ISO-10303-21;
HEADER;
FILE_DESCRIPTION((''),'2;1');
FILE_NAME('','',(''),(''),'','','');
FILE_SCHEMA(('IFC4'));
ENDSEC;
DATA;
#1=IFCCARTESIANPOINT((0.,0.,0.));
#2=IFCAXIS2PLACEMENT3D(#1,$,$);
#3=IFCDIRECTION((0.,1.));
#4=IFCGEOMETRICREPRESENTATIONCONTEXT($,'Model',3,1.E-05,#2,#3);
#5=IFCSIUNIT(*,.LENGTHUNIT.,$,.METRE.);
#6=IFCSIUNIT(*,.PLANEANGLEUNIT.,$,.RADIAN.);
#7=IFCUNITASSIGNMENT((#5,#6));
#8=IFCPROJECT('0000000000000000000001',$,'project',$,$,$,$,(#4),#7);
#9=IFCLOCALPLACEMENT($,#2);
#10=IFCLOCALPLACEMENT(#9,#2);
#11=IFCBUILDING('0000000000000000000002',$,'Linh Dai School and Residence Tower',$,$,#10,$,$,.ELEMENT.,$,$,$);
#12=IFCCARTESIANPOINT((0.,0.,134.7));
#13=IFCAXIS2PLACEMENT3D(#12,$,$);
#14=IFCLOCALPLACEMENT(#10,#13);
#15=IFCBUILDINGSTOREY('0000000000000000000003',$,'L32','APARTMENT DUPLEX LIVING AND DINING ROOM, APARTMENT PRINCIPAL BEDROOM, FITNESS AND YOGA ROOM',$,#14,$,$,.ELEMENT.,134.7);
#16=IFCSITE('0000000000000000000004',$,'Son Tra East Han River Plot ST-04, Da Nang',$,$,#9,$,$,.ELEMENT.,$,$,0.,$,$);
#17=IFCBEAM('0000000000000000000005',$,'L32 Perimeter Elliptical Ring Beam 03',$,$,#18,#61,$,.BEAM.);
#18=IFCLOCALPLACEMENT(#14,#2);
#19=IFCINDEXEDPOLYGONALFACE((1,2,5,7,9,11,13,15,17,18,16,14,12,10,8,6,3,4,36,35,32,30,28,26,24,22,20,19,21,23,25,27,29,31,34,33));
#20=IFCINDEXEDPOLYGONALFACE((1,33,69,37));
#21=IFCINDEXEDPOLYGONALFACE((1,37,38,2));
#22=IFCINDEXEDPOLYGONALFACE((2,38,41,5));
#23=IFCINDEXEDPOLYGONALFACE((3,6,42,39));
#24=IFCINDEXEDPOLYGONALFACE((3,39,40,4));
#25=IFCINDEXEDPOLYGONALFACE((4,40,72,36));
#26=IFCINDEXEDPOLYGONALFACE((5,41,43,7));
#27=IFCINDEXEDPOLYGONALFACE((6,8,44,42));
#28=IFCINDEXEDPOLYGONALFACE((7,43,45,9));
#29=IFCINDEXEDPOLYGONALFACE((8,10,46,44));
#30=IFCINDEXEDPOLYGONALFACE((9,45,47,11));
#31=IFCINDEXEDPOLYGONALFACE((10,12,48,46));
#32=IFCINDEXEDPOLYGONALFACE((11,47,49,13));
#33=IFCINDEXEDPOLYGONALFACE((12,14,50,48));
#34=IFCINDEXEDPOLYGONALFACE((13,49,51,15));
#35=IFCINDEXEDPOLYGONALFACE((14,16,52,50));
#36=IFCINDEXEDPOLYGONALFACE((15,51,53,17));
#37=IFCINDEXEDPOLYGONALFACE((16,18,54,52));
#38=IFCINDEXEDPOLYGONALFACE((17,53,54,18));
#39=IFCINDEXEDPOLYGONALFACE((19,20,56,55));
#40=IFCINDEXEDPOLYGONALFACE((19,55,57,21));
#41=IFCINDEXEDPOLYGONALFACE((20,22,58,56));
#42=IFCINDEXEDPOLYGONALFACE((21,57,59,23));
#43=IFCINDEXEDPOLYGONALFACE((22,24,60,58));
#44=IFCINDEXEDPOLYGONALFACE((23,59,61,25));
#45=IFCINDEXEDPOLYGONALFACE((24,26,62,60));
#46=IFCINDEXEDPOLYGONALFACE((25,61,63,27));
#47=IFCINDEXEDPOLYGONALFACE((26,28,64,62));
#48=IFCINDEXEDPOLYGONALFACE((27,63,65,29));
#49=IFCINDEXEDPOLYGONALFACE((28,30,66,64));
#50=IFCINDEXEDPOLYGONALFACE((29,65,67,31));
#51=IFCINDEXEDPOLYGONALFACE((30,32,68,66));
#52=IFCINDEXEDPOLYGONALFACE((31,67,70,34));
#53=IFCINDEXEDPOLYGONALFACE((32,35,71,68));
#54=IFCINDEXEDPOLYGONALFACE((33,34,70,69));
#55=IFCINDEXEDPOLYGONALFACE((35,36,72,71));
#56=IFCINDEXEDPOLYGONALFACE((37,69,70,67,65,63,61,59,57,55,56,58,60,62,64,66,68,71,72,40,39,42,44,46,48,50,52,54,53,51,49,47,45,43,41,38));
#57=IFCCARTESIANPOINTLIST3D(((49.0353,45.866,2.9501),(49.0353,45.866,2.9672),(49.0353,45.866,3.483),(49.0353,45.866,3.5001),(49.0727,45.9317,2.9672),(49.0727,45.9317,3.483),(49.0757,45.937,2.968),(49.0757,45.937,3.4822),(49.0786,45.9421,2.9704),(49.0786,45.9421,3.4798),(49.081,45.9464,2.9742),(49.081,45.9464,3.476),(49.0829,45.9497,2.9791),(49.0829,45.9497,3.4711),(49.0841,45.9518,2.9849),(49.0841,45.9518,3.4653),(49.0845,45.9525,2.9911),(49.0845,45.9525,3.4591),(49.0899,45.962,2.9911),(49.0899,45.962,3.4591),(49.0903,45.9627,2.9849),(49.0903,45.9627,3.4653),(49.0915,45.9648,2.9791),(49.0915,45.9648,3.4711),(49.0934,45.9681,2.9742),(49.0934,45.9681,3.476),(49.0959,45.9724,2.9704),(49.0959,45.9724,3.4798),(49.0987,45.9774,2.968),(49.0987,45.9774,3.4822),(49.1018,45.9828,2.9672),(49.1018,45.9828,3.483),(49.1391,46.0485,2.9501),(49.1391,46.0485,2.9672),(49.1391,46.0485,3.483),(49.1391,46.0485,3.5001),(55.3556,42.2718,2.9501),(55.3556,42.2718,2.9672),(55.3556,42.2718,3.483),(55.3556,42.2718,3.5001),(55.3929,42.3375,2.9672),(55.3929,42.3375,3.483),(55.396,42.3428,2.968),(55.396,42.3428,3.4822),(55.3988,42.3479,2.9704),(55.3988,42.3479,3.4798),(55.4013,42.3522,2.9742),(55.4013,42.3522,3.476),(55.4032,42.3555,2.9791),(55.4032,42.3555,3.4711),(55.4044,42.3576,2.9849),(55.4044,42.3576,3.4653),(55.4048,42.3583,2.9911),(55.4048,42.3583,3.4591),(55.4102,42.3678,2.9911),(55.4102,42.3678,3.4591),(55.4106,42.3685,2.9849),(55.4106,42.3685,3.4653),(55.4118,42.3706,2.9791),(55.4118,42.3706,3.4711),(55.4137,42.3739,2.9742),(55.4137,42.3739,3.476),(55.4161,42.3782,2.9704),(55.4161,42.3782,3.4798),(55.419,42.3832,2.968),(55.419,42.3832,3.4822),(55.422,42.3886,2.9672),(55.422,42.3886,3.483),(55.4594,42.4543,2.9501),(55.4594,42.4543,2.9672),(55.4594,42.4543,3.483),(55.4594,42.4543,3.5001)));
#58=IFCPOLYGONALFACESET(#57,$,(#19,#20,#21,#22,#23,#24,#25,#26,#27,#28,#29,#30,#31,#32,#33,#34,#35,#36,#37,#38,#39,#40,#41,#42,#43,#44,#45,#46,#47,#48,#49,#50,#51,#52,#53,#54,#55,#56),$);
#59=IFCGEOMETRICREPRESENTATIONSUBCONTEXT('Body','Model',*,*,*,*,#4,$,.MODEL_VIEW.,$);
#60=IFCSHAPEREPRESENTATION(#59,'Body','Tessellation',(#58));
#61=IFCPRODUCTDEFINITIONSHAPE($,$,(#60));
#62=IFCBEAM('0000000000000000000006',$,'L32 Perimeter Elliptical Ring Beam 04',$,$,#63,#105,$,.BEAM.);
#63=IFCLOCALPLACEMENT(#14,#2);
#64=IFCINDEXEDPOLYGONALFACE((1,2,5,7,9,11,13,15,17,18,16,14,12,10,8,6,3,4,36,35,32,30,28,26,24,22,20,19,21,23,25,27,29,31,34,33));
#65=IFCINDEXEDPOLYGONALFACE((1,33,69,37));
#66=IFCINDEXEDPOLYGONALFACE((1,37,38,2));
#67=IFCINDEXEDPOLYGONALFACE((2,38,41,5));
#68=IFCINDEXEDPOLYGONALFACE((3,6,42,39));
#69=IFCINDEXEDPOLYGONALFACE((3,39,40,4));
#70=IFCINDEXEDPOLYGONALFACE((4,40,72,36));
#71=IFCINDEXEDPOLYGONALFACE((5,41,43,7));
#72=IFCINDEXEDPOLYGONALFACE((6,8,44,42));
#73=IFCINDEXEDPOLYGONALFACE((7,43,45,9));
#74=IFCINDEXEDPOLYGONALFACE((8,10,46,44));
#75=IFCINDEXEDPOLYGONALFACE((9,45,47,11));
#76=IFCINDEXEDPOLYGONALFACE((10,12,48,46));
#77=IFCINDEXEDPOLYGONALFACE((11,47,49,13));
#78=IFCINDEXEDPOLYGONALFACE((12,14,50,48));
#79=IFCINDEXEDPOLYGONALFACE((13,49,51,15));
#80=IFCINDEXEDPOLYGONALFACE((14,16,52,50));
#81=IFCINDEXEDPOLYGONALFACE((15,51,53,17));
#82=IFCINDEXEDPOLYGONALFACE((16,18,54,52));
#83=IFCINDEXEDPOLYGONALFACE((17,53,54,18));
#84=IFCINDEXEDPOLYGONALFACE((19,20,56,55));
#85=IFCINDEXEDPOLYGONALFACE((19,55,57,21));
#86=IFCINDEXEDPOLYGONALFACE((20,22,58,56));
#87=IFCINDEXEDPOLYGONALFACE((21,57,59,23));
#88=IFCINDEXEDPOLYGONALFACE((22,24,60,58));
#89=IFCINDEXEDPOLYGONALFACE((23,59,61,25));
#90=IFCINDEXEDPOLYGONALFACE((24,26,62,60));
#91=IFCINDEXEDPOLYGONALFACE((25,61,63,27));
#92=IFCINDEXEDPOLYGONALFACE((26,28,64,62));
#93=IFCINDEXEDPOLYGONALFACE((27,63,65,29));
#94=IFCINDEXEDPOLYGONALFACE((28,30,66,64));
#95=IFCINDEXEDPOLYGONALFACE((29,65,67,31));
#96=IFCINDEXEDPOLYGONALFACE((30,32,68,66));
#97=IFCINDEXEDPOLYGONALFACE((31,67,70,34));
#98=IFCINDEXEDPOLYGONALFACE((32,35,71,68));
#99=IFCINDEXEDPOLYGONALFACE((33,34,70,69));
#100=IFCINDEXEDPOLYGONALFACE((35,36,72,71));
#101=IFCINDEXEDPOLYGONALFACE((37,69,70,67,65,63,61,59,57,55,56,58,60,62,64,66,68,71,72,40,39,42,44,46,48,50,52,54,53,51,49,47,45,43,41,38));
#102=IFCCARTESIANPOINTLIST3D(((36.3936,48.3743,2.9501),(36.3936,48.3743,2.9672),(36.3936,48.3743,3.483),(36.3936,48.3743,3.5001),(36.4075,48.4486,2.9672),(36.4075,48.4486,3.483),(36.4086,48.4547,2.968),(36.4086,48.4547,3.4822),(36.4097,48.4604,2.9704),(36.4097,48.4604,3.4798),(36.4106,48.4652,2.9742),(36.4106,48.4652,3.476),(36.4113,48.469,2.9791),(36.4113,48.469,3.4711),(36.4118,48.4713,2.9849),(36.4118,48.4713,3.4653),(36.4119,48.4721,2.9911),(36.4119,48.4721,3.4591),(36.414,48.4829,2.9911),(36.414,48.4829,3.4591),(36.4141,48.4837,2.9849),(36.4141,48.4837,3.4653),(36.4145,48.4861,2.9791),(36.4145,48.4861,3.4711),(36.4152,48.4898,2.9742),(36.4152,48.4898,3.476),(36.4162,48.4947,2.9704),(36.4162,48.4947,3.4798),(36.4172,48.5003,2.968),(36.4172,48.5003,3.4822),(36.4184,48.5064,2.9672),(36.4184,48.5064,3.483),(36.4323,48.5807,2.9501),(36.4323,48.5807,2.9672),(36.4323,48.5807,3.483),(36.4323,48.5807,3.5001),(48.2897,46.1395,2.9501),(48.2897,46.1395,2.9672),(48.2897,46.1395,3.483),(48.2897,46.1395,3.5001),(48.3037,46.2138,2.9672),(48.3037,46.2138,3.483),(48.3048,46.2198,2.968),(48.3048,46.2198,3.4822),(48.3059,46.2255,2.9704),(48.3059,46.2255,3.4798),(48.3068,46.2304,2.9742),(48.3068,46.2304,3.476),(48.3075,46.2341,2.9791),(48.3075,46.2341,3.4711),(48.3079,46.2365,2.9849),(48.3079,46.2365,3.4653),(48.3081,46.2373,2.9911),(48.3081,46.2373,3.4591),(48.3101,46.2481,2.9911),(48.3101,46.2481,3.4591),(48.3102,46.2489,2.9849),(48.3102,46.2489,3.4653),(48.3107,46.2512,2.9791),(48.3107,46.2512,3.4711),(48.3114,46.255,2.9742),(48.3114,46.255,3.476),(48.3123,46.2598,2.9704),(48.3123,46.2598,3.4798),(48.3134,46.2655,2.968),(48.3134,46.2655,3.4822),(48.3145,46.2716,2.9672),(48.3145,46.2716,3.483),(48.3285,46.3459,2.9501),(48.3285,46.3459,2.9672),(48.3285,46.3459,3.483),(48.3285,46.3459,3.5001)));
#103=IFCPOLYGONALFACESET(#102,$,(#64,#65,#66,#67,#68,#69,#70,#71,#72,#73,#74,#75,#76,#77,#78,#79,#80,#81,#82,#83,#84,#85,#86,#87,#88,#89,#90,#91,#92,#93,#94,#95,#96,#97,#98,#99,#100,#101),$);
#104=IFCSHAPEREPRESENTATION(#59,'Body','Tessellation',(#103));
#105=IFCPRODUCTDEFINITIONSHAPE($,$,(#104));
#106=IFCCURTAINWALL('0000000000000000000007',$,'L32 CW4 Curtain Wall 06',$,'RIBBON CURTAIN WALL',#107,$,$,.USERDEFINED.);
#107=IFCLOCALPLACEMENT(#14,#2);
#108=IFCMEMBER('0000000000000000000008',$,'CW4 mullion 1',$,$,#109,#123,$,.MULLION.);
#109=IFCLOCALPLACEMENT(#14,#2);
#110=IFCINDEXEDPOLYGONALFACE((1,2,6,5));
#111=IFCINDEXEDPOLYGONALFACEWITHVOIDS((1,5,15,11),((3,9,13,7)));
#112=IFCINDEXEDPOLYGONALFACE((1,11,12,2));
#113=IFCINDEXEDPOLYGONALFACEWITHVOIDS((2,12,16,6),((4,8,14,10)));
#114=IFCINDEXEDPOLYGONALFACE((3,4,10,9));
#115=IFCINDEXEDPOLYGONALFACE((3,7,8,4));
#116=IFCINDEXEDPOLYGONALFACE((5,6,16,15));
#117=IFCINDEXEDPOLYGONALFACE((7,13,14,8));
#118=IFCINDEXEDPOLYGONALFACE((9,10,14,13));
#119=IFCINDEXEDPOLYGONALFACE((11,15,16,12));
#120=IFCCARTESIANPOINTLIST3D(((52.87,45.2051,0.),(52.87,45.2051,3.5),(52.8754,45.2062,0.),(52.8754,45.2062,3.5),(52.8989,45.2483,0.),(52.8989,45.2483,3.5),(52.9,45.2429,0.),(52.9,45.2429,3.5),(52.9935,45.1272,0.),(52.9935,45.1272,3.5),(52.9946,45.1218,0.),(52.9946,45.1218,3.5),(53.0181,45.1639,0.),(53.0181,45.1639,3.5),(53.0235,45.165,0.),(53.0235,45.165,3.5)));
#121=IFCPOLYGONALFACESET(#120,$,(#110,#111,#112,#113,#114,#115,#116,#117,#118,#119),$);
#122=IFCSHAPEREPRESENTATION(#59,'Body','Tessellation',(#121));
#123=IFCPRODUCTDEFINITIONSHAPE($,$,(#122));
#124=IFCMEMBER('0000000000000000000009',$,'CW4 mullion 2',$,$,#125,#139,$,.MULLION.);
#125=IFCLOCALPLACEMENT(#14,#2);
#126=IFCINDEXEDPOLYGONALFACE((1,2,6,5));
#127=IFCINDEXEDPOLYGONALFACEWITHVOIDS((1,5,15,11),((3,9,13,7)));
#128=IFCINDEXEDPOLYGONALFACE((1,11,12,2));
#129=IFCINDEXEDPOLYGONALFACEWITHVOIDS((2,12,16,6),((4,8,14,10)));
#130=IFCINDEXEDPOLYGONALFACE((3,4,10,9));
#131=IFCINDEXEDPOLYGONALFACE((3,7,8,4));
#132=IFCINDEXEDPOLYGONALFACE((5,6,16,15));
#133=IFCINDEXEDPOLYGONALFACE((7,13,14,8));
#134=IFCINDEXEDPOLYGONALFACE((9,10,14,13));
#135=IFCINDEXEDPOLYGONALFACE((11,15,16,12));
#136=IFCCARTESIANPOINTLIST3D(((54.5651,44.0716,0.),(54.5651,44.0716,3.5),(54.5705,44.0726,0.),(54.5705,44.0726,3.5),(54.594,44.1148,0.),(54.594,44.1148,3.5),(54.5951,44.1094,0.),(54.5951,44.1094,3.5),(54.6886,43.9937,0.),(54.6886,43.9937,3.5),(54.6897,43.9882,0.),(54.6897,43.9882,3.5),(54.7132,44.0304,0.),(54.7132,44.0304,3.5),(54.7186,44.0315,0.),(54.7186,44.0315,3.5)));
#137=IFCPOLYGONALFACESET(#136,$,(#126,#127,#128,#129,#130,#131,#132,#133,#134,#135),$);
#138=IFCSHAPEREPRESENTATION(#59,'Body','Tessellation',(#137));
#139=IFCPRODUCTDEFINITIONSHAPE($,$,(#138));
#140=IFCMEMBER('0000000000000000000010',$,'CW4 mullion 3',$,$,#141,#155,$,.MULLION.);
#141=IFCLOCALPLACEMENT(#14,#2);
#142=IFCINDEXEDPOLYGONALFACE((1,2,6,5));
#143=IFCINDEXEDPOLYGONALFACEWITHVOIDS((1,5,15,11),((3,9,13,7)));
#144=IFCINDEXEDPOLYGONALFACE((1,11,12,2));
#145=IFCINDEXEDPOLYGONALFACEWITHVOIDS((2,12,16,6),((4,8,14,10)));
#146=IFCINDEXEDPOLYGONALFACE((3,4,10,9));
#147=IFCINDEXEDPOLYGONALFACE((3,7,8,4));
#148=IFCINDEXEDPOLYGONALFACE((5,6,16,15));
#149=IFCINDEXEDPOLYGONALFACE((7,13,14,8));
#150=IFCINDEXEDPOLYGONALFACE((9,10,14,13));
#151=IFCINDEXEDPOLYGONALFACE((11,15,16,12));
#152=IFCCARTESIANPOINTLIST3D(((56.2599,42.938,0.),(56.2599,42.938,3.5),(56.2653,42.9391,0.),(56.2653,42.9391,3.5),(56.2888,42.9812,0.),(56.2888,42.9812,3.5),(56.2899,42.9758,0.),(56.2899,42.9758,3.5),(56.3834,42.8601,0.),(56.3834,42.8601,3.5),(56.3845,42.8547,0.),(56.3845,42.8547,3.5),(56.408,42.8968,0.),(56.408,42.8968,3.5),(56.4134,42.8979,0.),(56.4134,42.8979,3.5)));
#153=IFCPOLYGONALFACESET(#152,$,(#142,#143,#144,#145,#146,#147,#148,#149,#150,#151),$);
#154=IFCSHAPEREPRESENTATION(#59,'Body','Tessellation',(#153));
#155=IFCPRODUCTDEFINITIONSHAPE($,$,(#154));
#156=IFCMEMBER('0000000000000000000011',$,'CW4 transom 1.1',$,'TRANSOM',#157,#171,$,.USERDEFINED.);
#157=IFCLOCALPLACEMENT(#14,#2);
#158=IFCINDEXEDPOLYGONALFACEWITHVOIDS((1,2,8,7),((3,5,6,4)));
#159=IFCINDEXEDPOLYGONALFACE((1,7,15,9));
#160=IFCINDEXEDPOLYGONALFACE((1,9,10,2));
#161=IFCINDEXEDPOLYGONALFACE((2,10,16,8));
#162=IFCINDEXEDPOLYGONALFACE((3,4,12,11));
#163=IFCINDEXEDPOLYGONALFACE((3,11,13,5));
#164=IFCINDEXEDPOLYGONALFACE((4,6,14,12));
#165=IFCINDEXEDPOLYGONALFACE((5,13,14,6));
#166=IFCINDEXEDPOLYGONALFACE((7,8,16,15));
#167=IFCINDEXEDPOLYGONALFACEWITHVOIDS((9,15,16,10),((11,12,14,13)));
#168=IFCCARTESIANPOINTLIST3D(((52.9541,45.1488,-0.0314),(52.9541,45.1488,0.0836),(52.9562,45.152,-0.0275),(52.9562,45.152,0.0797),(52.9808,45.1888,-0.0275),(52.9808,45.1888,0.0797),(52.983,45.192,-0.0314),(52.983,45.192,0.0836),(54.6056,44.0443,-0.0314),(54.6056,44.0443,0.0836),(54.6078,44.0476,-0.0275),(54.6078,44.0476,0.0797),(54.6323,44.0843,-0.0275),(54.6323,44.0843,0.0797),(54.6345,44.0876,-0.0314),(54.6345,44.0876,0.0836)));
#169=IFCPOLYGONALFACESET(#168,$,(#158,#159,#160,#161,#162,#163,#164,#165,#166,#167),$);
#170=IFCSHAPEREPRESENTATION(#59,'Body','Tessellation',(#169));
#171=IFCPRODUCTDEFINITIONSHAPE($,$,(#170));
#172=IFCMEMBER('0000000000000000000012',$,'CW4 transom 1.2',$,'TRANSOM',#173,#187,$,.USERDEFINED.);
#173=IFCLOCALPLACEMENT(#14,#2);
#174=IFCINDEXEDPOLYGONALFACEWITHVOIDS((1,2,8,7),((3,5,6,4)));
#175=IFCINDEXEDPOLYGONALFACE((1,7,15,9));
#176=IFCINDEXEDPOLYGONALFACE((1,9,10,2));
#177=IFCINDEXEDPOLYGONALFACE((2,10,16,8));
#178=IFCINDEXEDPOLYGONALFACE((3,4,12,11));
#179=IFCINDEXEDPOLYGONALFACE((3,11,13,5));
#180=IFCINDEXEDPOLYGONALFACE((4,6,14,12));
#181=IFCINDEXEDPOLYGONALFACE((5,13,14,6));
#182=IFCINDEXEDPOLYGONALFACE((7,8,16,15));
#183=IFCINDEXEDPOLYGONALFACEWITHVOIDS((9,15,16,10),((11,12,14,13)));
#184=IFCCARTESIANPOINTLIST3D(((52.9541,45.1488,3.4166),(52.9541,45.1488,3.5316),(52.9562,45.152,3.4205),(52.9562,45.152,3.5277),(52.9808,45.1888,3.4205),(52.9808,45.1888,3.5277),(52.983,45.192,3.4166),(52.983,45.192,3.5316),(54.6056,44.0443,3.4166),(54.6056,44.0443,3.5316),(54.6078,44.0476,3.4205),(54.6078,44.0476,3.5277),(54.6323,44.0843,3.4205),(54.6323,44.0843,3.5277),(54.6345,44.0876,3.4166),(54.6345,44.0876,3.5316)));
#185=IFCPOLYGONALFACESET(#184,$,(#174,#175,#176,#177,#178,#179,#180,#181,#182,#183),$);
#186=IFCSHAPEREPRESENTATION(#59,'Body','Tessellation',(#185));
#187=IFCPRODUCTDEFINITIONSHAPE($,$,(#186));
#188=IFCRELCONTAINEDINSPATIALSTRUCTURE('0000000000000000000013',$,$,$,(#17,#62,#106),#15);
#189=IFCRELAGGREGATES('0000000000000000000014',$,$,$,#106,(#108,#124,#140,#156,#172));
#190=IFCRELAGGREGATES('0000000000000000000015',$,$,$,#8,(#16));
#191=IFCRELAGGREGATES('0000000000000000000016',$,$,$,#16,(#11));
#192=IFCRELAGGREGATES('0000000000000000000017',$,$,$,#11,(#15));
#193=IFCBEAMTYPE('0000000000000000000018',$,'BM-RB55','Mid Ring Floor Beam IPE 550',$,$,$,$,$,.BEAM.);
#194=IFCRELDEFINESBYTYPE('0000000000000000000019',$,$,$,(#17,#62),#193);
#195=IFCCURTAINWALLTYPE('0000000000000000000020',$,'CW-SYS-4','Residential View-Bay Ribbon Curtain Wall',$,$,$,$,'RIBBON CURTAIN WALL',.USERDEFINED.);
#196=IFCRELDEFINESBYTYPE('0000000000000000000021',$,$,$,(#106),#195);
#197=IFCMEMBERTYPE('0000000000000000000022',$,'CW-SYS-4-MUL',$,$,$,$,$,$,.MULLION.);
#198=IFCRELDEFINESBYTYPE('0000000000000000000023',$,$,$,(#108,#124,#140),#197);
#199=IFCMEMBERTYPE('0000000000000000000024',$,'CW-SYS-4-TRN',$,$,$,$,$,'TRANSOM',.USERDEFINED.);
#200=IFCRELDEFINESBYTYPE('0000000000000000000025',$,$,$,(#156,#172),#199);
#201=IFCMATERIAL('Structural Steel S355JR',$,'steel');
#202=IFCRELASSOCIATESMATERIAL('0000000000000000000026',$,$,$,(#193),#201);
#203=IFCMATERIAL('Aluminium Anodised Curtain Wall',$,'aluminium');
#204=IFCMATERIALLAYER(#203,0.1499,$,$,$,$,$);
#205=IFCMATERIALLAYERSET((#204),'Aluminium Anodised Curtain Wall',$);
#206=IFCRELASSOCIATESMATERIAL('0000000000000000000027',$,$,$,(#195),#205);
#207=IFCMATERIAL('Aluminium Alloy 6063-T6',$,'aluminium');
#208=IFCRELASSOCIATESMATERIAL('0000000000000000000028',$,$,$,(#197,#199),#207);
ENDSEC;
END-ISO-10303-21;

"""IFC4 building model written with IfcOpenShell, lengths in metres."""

from ifc_helpers import new_model, si_unit, direction, frame, origin, origin_2d, place, context, subcontext, project, spatial, hollow_rectangle, i_section, extrude, source, transform, mapped, material, layer, layer_set, material_profile, profile_set, type_object, element, aggregate, save


model = new_model("IFC4")

# Units and contexts
model_context = context("Model", 3, precision=1e-05, world=origin(), true_north=direction((0.0, 1.0)))
body_context = subcontext(model_context, "Body", "Model", "MODEL_VIEW")
ifc_project = project(units=[si_unit("LENGTHUNIT", "METRE"), si_unit("PLANEANGLEUNIT", "RADIAN")], contexts=[model_context])

# Site, building, storey
site_placement = place(None, origin())
site = spatial("IfcSite", under=ifc_project, at=site_placement, Name="Son Tra East Han River Plot ST-04, Da Nang", CompositionType="ELEMENT", RefElevation=0.0)
building_placement = place(site_placement, origin())
building = spatial("IfcBuilding", under=site, at=building_placement, Name="Linh Dai School and Residence Tower", CompositionType="ELEMENT")
storey_placement = place(building_placement, frame((0.0, 0.0, 134.7)))
storey = spatial("IfcBuildingStorey", under=building, at=storey_placement, Name="L32", Description="APARTMENT DUPLEX LIVING AND DINING ROOM, APARTMENT PRINCIPAL BEDROOM, FITNESS AND YOGA ROOM", CompositionType="ELEMENT", Elevation=134.7)

# Shared definitions
ifc_material_1 = material(Name="Structural Steel S355JR", Category="steel")

# Beams
ifc_material_profile_1 = material_profile(ifc_material_1, i_section(OverallWidth=0.21, OverallDepth=0.55, WebThickness=0.011, FlangeThickness=0.0171, FilletRadius=0.0239, at=origin_2d()), Name="IPE 550")
ifc_profile_set_1 = profile_set([ifc_material_profile_1], Name="Structural Steel S355JR")
beam_type = type_object("IfcBeamType", Name="BM-RB55", Description="Mid Ring Floor Beam IPE 550", PredefinedType="BEAM", material=ifc_profile_set_1)
beam_1_placement = place(storey_placement, frame((55.4075, 42.363, 3.2251), z_axis=(-0.86927, 0.494337, 0.0), x_axis=(-0.494337, -0.86927, 0.0)))
element("IfcBeam", 1, at=beam_1_placement, inside=storey, type_object=beam_type, Name="L32 Perimeter Elliptical Ring Beam 03", PredefinedType="BEAM", context=body_context, shape_type="SweptSolid", body=[
    extrude(i_section(OverallWidth=0.21, OverallDepth=0.55, WebThickness=0.011, FlangeThickness=0.0171, FilletRadius=0.0239, at=origin_2d()), origin(), (0.0, 0.0, 1.0), 7.2708),
])
beam_2_placement = place(storey_placement, frame((48.3091, 46.2427, 3.2251), z_axis=(-0.982808, 0.184633, 0.0), x_axis=(-0.184633, -0.982808, 0.0)))
element("IfcBeam", 2, at=beam_2_placement, inside=storey, type_object=beam_type, Name="L32 Perimeter Elliptical Ring Beam 04", PredefinedType="BEAM", context=body_context, shape_type="SweptSolid", body=[
    extrude(i_section(OverallWidth=0.21, OverallDepth=0.55, WebThickness=0.011, FlangeThickness=0.0171, FilletRadius=0.0239, at=origin_2d()), origin(), (0.0, 0.0, 1.0), 12.1042),
])

# Curtain wall, members
ifc_material_2 = material(Name="Aluminium Anodised Curtain Wall", Category="aluminium")
ifc_layer_1 = layer(ifc_material_2, 0.1499)
ifc_layer_set_1 = layer_set([ifc_layer_1], Name="Aluminium Anodised Curtain Wall")
curtain_wall_type = type_object("IfcCurtainWallType", Name="CW-SYS-4", Description="Residential View-Bay Ribbon Curtain Wall", ElementType="RIBBON CURTAIN WALL", PredefinedType="USERDEFINED", material=ifc_layer_set_1)
curtain_wall_placement = place(storey_placement, origin())
curtain_wall = element("IfcCurtainWall", 3, at=curtain_wall_placement, inside=storey, type_object=curtain_wall_type, Name="L32 CW4 Curtain Wall 06", ObjectType="RIBBON CURTAIN WALL", PredefinedType="USERDEFINED")
ifc_material_3 = material(Name="Aluminium Alloy 6063-T6", Category="aluminium")
ifc_material_profile_2 = material_profile(ifc_material_3, hollow_rectangle(XDim=0.052, YDim=0.1499, WallThickness=0.0039, at=origin_2d()), Name="RHS 150x52x4")
ifc_profile_set_2 = profile_set([ifc_material_profile_2], Name="Aluminium Alloy 6063-T6")
member_type_1 = type_object("IfcMemberType", Name="CW-SYS-4-MUL", PredefinedType="MULLION", material=ifc_profile_set_2)
shared_shape_1 = source(origin(), body_context, "Body", "SweptSolid", [
    extrude(hollow_rectangle(XDim=0.052, YDim=0.1499, WallThickness=0.0039, at=origin_2d()), origin(), (0.0, 0.0, 1.0), 3.5),
])
member_1_placement = place(storey_placement, frame((52.9468, 45.1851, 0.0), z_axis=(0.0, 0.0, 1.0), x_axis=(0.555913, 0.83124, 0.0)))
member_1 = element("IfcMember", 4, at=member_1_placement, type_object=member_type_1, Name="CW4 mullion 1", PredefinedType="MULLION", context=body_context, shape_type="MappedRepresentation", body=[
    mapped(shared_shape_1, transform((0.0, 0.0, 0.0), x_axis=(1.0, 0.0, 0.0), y_axis=(0.0, 1.0, 0.0), z_axis=(0.0, 0.0, 1.0), scale=1.0)),
])
member_2_placement = place(storey_placement, frame((54.6418, 44.0515, 0.0), z_axis=(0.0, 0.0, 1.0), x_axis=(0.555913, 0.83124, 0.0)))
member_2 = element("IfcMember", 5, at=member_2_placement, type_object=member_type_1, Name="CW4 mullion 2", PredefinedType="MULLION", context=body_context, shape_type="MappedRepresentation", body=[
    mapped(shared_shape_1, transform((0.0, 0.0, 0.0), x_axis=(1.0, 0.0, 0.0), y_axis=(0.0, 1.0, 0.0), z_axis=(0.0, 0.0, 1.0), scale=1.0)),
])
member_3_placement = place(storey_placement, frame((56.3367, 42.918, 0.0), z_axis=(0.0, 0.0, 1.0), x_axis=(0.555913, 0.83124, 0.0)))
member_3 = element("IfcMember", 6, at=member_3_placement, type_object=member_type_1, Name="CW4 mullion 3", PredefinedType="MULLION", context=body_context, shape_type="MappedRepresentation", body=[
    mapped(shared_shape_1, transform((0.0, 0.0, 0.0), x_axis=(1.0, 0.0, 0.0), y_axis=(0.0, 1.0, 0.0), z_axis=(0.0, 0.0, 1.0), scale=1.0)),
])
ifc_material_profile_3 = material_profile(ifc_material_3, hollow_rectangle(XDim=0.052, YDim=0.115, WallThickness=0.0039, at=origin_2d()), Name="RHS 115x52x4")
ifc_profile_set_3 = profile_set([ifc_material_profile_3], Name="Aluminium Alloy 6063-T6")
member_type_2 = type_object("IfcMemberType", Name="CW-SYS-4-TRN", ElementType="TRANSOM", PredefinedType="USERDEFINED", material=ifc_profile_set_3)
shared_shape_2 = source(origin(), body_context, "Body", "SweptSolid", [
    extrude(hollow_rectangle(XDim=0.052, YDim=0.115, WallThickness=0.0039, at=origin_2d()), origin(), (0.0, 0.0, 1.0), 1.9868),
])
member_4_placement = place(storey_placement, frame((52.9685, 45.1704, 0.0261), z_axis=(0.831255, -0.555891, 0.0), x_axis=(0.555891, 0.831255, 0.0)))
member_4 = element("IfcMember", 7, at=member_4_placement, type_object=member_type_2, Name="CW4 transom 1.1", ObjectType="TRANSOM", PredefinedType="USERDEFINED", context=body_context, shape_type="MappedRepresentation", body=[
    mapped(shared_shape_2, transform((0.0, 0.0, 0.0), x_axis=(1.0, 0.0, 0.0), y_axis=(0.0, 1.0, 0.0), z_axis=(0.0, 0.0, 1.0), scale=1.0)),
])
member_5_placement = place(storey_placement, frame((52.9685, 45.1704, 3.4741), z_axis=(0.831255, -0.555891, 0.0), x_axis=(0.555891, 0.831255, 0.0)))
member_5 = element("IfcMember", 8, at=member_5_placement, type_object=member_type_2, Name="CW4 transom 1.2", ObjectType="TRANSOM", PredefinedType="USERDEFINED", context=body_context, shape_type="MappedRepresentation", body=[
    mapped(shared_shape_2, transform((0.0, 0.0, 0.0), x_axis=(1.0, 0.0, 0.0), y_axis=(0.0, 1.0, 0.0), z_axis=(0.0, 0.0, 1.0), scale=1.0)),
])

aggregate(curtain_wall, [member_1, member_2, member_3, member_4, member_5])

save(model, "model.ifc")
